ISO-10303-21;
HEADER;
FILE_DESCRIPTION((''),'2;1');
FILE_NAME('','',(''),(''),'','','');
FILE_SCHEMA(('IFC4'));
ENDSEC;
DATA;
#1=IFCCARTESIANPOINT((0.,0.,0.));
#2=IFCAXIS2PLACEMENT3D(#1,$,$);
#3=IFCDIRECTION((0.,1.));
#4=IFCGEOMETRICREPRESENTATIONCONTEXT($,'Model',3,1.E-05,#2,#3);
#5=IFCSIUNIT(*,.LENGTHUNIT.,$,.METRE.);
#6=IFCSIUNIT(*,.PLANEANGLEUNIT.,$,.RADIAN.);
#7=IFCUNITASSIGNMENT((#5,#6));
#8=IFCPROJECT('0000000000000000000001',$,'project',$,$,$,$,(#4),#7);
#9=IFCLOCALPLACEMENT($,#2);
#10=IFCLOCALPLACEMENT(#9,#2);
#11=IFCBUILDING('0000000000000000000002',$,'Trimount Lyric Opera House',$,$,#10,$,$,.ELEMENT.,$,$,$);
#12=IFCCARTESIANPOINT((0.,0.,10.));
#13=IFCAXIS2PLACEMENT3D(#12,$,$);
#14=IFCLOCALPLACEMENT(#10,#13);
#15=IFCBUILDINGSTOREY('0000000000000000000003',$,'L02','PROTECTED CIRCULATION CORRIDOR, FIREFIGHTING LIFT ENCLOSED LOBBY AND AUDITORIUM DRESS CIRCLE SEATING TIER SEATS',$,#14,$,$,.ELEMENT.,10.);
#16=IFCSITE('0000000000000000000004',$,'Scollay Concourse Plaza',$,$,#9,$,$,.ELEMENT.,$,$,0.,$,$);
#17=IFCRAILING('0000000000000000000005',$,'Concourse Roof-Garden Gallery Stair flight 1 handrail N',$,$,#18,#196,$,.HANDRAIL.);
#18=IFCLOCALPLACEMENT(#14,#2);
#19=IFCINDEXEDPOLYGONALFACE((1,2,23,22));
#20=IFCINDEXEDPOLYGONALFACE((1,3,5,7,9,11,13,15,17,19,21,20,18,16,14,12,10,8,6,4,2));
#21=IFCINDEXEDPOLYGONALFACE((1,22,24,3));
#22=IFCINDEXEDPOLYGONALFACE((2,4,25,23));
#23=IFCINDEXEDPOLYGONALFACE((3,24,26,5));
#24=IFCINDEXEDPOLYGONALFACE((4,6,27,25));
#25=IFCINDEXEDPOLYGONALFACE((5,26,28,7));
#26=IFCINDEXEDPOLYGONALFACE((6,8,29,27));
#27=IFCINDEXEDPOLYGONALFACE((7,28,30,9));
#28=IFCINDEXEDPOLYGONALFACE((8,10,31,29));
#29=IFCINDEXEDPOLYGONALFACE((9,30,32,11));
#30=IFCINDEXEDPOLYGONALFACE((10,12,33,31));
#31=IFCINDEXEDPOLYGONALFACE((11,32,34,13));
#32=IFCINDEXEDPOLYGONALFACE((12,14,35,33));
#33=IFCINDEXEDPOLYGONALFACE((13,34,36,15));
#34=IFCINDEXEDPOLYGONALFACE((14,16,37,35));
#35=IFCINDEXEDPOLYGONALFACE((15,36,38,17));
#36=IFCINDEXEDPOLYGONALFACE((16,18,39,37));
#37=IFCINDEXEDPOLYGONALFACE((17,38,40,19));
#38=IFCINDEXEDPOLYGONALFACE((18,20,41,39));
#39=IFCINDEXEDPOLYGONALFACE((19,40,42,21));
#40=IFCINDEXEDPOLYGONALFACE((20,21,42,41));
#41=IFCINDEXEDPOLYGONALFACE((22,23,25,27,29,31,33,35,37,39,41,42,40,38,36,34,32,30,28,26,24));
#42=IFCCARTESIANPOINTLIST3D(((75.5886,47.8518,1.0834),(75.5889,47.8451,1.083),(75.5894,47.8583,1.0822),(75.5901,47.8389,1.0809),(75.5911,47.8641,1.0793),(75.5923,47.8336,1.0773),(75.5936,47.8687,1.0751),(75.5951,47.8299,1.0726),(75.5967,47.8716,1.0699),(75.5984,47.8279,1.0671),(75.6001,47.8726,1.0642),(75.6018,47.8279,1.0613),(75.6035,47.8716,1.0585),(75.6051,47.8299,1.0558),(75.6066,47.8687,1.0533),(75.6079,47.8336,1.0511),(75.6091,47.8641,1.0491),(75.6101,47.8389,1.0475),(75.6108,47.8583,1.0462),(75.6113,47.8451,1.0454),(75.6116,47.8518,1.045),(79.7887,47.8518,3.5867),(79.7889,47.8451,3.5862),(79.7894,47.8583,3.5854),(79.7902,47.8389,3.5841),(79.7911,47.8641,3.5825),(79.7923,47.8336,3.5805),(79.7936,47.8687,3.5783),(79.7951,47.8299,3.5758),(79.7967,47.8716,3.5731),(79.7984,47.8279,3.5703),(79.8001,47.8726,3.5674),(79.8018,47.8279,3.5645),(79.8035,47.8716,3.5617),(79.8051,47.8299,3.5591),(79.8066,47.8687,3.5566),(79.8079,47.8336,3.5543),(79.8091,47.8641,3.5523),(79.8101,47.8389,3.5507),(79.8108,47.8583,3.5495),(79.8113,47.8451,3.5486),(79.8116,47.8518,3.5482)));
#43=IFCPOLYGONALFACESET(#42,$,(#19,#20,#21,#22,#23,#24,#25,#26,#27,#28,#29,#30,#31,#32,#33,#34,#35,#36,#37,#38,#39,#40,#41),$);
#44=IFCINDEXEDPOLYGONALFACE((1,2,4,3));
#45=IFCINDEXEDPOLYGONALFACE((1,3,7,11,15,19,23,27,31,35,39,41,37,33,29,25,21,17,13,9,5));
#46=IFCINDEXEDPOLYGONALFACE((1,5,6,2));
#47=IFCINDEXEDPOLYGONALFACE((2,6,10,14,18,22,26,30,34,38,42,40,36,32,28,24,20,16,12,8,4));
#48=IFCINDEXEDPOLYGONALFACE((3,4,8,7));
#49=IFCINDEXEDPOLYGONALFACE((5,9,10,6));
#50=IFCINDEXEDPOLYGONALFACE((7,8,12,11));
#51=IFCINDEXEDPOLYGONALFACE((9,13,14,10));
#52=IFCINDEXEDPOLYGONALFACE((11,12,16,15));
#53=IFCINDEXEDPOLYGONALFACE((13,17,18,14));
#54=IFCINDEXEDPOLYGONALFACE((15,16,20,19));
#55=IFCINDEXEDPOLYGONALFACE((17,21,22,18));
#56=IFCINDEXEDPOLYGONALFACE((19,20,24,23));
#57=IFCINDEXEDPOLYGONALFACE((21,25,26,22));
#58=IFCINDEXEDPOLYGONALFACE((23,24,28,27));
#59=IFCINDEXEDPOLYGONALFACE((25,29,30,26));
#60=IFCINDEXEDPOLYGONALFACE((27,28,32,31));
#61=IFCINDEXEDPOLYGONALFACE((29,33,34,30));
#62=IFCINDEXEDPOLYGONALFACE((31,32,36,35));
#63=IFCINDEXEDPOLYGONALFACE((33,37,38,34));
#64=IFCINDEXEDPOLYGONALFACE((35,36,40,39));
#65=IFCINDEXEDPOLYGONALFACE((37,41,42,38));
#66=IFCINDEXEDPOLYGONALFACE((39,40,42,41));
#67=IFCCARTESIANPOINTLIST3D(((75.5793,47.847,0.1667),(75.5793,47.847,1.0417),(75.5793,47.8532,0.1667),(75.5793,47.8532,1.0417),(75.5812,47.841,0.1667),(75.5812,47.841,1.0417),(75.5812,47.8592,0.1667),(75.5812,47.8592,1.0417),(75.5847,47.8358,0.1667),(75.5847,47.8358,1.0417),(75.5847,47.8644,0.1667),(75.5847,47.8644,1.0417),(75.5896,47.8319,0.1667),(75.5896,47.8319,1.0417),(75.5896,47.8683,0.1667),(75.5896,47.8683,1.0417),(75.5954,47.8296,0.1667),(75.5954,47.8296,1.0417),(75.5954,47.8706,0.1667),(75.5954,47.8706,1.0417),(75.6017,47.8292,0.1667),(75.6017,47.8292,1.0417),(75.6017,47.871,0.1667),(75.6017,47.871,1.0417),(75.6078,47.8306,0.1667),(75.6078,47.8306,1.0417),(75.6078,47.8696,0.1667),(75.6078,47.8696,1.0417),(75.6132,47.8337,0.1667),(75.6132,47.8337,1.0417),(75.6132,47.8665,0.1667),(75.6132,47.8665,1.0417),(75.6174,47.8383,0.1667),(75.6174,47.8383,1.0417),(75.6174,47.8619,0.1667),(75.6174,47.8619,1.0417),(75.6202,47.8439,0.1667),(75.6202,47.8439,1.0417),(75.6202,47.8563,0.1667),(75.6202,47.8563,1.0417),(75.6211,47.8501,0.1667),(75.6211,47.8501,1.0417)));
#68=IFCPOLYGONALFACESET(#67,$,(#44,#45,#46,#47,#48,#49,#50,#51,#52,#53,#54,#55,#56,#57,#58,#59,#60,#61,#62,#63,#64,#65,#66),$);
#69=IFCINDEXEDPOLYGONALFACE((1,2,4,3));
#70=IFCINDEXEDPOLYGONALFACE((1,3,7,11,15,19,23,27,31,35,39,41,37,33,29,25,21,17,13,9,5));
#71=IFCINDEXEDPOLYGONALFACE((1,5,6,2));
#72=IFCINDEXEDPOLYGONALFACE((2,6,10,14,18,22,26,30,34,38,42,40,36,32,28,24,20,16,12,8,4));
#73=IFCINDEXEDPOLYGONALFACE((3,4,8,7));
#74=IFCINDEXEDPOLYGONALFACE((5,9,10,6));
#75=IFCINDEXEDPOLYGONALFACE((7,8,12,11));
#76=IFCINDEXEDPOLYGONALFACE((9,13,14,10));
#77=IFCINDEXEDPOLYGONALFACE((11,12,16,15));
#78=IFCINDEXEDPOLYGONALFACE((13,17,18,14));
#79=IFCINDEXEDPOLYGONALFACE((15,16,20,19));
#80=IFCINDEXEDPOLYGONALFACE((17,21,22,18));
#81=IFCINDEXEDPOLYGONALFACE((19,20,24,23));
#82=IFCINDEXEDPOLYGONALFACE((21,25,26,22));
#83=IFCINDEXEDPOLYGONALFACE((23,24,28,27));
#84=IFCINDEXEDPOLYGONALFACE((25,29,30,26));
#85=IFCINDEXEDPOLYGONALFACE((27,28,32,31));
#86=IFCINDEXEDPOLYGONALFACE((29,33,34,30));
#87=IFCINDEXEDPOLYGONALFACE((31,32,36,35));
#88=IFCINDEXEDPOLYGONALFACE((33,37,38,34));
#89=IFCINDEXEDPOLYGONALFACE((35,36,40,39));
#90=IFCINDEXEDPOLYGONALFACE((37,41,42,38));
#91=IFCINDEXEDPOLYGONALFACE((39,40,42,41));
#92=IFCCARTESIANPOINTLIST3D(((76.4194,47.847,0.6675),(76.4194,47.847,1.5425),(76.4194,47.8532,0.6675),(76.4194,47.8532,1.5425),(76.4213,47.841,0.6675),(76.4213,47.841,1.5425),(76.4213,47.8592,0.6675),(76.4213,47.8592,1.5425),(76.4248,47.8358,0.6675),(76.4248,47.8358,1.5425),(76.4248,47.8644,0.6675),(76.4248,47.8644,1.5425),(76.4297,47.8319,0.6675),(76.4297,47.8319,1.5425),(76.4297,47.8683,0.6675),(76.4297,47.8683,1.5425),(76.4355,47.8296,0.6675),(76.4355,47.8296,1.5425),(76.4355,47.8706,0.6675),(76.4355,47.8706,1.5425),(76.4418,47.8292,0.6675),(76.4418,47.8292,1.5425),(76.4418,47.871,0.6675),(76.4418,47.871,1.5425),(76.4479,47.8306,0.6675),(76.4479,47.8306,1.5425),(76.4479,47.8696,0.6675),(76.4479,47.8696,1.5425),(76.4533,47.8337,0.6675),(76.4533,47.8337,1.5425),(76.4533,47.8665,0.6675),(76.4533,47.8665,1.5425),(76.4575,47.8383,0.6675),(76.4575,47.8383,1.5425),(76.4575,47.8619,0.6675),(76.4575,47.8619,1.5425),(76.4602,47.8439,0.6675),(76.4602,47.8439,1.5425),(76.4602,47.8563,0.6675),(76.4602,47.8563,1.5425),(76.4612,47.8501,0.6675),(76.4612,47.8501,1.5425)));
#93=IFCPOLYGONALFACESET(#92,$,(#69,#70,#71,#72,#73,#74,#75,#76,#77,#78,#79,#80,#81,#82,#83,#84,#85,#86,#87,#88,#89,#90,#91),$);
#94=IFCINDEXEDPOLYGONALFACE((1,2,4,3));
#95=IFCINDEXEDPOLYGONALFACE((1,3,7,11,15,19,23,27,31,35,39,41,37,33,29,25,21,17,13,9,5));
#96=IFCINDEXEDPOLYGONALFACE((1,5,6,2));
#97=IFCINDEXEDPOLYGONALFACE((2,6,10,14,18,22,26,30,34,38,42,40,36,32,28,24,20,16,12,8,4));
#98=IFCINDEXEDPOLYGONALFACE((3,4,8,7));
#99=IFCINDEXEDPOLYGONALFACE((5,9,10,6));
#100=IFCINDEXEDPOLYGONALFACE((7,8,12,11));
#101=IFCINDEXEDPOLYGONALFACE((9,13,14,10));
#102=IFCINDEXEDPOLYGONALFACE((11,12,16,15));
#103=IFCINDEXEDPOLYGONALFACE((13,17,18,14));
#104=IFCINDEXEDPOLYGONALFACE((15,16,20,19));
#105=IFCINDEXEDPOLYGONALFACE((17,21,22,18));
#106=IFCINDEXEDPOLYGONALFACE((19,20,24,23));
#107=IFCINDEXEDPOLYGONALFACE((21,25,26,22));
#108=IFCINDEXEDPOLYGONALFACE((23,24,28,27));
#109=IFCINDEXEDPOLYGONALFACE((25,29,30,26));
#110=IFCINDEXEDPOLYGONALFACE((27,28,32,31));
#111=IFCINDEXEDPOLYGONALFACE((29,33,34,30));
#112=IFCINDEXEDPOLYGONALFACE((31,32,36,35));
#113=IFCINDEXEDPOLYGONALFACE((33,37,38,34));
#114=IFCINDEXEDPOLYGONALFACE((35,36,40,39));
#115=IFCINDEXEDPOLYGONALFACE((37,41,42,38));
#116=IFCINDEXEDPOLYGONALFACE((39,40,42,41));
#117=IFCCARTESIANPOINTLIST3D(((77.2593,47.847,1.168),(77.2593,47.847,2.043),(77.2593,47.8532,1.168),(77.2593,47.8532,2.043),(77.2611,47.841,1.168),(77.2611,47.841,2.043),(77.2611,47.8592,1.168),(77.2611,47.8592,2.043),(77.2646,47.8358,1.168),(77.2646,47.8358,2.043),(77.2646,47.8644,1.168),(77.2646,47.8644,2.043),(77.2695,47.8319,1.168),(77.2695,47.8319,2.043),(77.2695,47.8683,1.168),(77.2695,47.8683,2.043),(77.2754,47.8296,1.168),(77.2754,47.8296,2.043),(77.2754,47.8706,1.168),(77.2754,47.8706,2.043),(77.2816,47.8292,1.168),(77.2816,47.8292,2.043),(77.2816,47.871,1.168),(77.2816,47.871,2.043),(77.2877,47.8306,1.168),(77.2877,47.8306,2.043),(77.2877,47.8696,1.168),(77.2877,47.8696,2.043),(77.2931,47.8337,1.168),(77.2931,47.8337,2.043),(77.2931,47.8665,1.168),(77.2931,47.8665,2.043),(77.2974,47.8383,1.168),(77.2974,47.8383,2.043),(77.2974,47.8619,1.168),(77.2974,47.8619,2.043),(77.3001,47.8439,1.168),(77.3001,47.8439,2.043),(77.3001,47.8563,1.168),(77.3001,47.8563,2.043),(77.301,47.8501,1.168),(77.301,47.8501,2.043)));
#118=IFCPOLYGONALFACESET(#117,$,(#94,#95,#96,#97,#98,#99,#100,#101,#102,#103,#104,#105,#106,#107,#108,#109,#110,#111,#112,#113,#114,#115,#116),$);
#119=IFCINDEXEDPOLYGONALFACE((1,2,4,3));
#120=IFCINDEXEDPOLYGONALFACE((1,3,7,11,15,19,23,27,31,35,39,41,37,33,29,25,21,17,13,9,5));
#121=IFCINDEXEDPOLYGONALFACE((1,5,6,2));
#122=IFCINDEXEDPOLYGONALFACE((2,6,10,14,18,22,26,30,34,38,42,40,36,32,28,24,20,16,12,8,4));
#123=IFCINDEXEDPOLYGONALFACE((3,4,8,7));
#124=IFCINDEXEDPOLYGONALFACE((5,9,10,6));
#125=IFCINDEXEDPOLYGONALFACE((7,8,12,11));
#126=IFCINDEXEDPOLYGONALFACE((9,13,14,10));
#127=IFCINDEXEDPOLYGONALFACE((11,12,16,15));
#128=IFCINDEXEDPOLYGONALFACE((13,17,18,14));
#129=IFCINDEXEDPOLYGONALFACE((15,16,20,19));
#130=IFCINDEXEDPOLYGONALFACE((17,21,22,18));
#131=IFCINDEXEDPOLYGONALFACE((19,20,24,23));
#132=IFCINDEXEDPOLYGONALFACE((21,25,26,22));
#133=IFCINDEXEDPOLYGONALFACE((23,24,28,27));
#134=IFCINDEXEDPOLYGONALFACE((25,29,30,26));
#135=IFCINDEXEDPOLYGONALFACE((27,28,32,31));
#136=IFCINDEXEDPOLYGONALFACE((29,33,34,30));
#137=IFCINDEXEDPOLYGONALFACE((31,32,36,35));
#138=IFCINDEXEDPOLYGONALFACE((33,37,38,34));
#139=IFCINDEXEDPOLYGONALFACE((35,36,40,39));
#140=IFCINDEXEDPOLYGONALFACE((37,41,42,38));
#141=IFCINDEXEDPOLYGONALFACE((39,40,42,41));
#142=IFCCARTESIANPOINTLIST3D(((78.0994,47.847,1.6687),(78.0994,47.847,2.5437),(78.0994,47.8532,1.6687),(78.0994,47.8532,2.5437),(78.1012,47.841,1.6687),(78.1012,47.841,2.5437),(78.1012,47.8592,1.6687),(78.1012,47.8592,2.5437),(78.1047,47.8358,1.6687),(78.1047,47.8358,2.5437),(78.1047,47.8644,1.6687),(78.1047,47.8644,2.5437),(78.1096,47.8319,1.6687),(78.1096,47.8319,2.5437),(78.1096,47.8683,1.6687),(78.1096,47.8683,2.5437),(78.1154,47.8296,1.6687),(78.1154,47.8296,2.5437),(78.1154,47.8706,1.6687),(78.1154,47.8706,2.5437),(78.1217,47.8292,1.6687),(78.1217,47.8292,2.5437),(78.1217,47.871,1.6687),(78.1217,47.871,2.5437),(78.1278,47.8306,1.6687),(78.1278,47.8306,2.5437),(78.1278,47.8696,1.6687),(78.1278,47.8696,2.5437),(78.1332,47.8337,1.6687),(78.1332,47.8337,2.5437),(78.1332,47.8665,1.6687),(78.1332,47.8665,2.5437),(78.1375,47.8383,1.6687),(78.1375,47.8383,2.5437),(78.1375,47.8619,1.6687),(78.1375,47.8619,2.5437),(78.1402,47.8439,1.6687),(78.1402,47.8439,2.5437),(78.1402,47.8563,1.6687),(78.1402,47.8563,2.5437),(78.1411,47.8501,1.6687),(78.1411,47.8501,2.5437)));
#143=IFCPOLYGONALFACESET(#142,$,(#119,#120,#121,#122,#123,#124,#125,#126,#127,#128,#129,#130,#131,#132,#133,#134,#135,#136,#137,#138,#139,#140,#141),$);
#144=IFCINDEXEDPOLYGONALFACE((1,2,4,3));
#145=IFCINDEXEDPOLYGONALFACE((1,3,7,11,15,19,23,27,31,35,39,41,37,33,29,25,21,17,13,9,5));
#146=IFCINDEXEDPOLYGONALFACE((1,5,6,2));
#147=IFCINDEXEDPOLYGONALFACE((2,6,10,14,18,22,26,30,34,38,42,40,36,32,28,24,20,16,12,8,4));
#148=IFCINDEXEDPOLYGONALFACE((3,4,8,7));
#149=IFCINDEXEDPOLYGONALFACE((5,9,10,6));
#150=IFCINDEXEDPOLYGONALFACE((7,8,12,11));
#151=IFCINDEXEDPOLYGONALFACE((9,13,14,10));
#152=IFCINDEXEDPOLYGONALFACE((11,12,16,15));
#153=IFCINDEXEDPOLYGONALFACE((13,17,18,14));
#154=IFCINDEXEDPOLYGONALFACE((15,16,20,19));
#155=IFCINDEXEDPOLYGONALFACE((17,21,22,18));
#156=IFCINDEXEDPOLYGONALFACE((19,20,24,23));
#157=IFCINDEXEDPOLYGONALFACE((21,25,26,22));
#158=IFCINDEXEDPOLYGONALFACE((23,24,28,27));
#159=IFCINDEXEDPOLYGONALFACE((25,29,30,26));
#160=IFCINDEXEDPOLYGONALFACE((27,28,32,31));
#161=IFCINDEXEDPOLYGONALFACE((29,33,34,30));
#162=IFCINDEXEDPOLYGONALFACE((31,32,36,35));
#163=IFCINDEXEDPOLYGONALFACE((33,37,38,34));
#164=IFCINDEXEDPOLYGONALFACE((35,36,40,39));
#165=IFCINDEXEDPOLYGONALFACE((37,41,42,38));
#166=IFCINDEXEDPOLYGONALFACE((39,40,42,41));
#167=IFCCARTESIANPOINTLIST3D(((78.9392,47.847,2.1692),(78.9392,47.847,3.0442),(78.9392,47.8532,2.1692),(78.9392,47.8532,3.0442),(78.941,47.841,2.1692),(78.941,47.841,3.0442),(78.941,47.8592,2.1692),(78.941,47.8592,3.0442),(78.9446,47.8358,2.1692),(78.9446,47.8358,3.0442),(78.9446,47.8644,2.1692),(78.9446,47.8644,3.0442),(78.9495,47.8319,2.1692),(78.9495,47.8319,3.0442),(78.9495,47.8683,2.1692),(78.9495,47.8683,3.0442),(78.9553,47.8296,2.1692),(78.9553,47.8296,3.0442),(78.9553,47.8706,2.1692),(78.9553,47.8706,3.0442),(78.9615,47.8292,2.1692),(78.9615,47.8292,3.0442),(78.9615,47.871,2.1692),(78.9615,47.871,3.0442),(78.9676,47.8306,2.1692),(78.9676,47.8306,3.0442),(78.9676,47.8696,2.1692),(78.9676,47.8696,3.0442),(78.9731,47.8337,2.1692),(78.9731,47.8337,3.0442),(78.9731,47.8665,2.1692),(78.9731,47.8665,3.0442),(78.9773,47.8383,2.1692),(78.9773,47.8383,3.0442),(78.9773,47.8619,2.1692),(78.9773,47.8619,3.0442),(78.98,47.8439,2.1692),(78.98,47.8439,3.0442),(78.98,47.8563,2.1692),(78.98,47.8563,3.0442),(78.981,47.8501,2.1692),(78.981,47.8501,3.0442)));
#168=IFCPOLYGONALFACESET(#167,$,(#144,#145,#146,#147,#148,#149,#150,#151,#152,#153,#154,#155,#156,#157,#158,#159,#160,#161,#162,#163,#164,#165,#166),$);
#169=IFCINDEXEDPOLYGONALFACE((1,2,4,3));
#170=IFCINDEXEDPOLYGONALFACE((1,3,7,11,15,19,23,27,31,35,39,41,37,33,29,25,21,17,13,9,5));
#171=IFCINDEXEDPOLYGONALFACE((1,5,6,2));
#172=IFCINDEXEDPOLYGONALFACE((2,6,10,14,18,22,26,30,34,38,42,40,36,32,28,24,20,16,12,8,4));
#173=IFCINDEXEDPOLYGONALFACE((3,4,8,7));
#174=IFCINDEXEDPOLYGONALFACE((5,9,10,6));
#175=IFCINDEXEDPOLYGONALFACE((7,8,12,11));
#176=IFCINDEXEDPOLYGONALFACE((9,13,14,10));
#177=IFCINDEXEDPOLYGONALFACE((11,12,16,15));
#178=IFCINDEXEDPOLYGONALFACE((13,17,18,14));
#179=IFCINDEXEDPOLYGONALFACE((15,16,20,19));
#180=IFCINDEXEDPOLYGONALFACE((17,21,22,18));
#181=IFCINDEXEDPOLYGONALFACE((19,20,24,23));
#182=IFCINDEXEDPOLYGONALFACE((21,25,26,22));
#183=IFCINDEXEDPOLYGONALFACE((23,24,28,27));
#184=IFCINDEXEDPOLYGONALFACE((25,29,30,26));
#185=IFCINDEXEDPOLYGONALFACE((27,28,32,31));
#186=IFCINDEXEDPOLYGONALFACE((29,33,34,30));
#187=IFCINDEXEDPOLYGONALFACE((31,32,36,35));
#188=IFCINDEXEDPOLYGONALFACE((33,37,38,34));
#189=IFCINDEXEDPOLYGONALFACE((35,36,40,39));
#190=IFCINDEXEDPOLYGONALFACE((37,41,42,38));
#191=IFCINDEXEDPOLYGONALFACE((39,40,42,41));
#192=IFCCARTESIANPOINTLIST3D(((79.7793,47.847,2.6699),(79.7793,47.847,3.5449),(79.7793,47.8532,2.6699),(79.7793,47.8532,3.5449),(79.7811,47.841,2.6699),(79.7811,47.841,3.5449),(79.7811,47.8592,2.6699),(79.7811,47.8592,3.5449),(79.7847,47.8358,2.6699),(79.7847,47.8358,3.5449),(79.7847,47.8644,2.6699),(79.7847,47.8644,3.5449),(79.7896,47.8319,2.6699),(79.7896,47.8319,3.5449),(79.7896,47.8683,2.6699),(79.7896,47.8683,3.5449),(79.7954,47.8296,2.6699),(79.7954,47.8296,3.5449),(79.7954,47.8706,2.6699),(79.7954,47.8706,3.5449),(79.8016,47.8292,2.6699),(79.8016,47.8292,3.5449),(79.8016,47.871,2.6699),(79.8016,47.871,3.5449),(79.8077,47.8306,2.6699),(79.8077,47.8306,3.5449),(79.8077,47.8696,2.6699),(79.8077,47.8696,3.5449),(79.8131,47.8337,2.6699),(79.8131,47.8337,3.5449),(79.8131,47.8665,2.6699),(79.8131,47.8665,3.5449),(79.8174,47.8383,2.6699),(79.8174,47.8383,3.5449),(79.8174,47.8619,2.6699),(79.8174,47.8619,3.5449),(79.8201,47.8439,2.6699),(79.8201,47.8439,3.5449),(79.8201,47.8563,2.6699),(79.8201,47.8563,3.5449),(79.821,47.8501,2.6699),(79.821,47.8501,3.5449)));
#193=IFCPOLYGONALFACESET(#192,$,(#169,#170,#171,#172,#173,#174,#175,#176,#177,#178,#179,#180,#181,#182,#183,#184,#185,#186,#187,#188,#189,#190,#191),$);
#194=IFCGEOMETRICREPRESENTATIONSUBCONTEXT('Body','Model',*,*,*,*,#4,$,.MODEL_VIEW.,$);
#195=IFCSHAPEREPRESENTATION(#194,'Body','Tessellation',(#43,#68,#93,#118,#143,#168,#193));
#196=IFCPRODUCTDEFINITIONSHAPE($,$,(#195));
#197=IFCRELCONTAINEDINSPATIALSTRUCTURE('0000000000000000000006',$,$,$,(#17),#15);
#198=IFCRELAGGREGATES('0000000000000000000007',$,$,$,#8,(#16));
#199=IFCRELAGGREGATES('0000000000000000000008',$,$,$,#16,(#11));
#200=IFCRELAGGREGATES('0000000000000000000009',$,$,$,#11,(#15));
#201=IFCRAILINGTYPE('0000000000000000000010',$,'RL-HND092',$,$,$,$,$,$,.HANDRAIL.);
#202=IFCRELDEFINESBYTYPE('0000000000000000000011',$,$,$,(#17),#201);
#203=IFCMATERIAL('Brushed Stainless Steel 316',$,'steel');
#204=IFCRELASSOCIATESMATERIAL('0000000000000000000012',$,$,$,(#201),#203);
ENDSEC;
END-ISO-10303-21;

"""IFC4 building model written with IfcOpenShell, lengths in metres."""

from ifc_helpers import new_model, si_unit, direction, frame, origin, origin_2d, place, context, subcontext, project, spatial, circle, extrude, material, type_object, element, save


model = new_model("IFC4")

# Units and contexts
model_context = context("Model", 3, precision=1e-05, world=origin(), true_north=direction((0.0, 1.0)))
body_context = subcontext(model_context, "Body", "Model", "MODEL_VIEW")
ifc_project = project(units=[si_unit("LENGTHUNIT", "METRE"), si_unit("PLANEANGLEUNIT", "RADIAN")], contexts=[model_context])

# Site, building, storey
site_placement = place(None, origin())
site = spatial("IfcSite", under=ifc_project, at=site_placement, Name="Scollay Concourse Plaza", CompositionType="ELEMENT", RefElevation=0.0)
building_placement = place(site_placement, origin())
building = spatial("IfcBuilding", under=site, at=building_placement, Name="Trimount Lyric Opera House", CompositionType="ELEMENT")
storey_placement = place(building_placement, frame((0.0, 0.0, 10.0)))
storey = spatial("IfcBuildingStorey", under=building, at=storey_placement, Name="L02", Description="PROTECTED CIRCULATION CORRIDOR, FIREFIGHTING LIFT ENCLOSED LOBBY AND AUDITORIUM DRESS CIRCLE SEATING TIER SEATS", CompositionType="ELEMENT", Elevation=10.0)

# Railing
ifc_material_1 = material(Name="Brushed Stainless Steel 316", Category="steel")
railing_type_1 = type_object("IfcRailingType", Name="RL-HND092", PredefinedType="HANDRAIL", material=ifc_material_1)
railing_1_placement = place(storey_placement, frame((75.6001, 47.8501, 0.1667)))
element("IfcRailing", 1, at=railing_1_placement, inside=storey, type_object=railing_type_1, Name="Concourse Roof-Garden Gallery Stair flight 1 handrail N", PredefinedType="HANDRAIL", context=body_context, shape_type="SweptSolid", body=[
    extrude(circle(Radius=0.0225, at=origin_2d()), frame((0.0, 0.0, 0.8975), z_axis=(0.859005, 0.0, 0.511967), x_axis=(0.0, 1.0, 0.0)), (0.0, 0.0, 1.0), 4.8894),
    extrude(circle(Radius=0.021, at=origin_2d()), origin(), (0.0, 0.0, 1.0), 0.875),
    extrude(circle(Radius=0.021, at=origin_2d()), frame((0.8401, 0.0, 0.5007)), (0.0, 0.0, 1.0), 0.875),
    extrude(circle(Radius=0.021, at=origin_2d()), frame((1.6799, 0.0, 1.0012)), (0.0, 0.0, 1.0), 0.875),
    extrude(circle(Radius=0.021, at=origin_2d()), frame((2.52, 0.0, 1.502)), (0.0, 0.0, 1.0), 0.875),
    extrude(circle(Radius=0.021, at=origin_2d()), frame((3.3599, 0.0, 2.0024)), (0.0, 0.0, 1.0), 0.875),
    extrude(circle(Radius=0.021, at=origin_2d()), frame((4.2, 0.0, 2.5032)), (0.0, 0.0, 1.0), 0.875),
])

save(model, "model.ifc")
